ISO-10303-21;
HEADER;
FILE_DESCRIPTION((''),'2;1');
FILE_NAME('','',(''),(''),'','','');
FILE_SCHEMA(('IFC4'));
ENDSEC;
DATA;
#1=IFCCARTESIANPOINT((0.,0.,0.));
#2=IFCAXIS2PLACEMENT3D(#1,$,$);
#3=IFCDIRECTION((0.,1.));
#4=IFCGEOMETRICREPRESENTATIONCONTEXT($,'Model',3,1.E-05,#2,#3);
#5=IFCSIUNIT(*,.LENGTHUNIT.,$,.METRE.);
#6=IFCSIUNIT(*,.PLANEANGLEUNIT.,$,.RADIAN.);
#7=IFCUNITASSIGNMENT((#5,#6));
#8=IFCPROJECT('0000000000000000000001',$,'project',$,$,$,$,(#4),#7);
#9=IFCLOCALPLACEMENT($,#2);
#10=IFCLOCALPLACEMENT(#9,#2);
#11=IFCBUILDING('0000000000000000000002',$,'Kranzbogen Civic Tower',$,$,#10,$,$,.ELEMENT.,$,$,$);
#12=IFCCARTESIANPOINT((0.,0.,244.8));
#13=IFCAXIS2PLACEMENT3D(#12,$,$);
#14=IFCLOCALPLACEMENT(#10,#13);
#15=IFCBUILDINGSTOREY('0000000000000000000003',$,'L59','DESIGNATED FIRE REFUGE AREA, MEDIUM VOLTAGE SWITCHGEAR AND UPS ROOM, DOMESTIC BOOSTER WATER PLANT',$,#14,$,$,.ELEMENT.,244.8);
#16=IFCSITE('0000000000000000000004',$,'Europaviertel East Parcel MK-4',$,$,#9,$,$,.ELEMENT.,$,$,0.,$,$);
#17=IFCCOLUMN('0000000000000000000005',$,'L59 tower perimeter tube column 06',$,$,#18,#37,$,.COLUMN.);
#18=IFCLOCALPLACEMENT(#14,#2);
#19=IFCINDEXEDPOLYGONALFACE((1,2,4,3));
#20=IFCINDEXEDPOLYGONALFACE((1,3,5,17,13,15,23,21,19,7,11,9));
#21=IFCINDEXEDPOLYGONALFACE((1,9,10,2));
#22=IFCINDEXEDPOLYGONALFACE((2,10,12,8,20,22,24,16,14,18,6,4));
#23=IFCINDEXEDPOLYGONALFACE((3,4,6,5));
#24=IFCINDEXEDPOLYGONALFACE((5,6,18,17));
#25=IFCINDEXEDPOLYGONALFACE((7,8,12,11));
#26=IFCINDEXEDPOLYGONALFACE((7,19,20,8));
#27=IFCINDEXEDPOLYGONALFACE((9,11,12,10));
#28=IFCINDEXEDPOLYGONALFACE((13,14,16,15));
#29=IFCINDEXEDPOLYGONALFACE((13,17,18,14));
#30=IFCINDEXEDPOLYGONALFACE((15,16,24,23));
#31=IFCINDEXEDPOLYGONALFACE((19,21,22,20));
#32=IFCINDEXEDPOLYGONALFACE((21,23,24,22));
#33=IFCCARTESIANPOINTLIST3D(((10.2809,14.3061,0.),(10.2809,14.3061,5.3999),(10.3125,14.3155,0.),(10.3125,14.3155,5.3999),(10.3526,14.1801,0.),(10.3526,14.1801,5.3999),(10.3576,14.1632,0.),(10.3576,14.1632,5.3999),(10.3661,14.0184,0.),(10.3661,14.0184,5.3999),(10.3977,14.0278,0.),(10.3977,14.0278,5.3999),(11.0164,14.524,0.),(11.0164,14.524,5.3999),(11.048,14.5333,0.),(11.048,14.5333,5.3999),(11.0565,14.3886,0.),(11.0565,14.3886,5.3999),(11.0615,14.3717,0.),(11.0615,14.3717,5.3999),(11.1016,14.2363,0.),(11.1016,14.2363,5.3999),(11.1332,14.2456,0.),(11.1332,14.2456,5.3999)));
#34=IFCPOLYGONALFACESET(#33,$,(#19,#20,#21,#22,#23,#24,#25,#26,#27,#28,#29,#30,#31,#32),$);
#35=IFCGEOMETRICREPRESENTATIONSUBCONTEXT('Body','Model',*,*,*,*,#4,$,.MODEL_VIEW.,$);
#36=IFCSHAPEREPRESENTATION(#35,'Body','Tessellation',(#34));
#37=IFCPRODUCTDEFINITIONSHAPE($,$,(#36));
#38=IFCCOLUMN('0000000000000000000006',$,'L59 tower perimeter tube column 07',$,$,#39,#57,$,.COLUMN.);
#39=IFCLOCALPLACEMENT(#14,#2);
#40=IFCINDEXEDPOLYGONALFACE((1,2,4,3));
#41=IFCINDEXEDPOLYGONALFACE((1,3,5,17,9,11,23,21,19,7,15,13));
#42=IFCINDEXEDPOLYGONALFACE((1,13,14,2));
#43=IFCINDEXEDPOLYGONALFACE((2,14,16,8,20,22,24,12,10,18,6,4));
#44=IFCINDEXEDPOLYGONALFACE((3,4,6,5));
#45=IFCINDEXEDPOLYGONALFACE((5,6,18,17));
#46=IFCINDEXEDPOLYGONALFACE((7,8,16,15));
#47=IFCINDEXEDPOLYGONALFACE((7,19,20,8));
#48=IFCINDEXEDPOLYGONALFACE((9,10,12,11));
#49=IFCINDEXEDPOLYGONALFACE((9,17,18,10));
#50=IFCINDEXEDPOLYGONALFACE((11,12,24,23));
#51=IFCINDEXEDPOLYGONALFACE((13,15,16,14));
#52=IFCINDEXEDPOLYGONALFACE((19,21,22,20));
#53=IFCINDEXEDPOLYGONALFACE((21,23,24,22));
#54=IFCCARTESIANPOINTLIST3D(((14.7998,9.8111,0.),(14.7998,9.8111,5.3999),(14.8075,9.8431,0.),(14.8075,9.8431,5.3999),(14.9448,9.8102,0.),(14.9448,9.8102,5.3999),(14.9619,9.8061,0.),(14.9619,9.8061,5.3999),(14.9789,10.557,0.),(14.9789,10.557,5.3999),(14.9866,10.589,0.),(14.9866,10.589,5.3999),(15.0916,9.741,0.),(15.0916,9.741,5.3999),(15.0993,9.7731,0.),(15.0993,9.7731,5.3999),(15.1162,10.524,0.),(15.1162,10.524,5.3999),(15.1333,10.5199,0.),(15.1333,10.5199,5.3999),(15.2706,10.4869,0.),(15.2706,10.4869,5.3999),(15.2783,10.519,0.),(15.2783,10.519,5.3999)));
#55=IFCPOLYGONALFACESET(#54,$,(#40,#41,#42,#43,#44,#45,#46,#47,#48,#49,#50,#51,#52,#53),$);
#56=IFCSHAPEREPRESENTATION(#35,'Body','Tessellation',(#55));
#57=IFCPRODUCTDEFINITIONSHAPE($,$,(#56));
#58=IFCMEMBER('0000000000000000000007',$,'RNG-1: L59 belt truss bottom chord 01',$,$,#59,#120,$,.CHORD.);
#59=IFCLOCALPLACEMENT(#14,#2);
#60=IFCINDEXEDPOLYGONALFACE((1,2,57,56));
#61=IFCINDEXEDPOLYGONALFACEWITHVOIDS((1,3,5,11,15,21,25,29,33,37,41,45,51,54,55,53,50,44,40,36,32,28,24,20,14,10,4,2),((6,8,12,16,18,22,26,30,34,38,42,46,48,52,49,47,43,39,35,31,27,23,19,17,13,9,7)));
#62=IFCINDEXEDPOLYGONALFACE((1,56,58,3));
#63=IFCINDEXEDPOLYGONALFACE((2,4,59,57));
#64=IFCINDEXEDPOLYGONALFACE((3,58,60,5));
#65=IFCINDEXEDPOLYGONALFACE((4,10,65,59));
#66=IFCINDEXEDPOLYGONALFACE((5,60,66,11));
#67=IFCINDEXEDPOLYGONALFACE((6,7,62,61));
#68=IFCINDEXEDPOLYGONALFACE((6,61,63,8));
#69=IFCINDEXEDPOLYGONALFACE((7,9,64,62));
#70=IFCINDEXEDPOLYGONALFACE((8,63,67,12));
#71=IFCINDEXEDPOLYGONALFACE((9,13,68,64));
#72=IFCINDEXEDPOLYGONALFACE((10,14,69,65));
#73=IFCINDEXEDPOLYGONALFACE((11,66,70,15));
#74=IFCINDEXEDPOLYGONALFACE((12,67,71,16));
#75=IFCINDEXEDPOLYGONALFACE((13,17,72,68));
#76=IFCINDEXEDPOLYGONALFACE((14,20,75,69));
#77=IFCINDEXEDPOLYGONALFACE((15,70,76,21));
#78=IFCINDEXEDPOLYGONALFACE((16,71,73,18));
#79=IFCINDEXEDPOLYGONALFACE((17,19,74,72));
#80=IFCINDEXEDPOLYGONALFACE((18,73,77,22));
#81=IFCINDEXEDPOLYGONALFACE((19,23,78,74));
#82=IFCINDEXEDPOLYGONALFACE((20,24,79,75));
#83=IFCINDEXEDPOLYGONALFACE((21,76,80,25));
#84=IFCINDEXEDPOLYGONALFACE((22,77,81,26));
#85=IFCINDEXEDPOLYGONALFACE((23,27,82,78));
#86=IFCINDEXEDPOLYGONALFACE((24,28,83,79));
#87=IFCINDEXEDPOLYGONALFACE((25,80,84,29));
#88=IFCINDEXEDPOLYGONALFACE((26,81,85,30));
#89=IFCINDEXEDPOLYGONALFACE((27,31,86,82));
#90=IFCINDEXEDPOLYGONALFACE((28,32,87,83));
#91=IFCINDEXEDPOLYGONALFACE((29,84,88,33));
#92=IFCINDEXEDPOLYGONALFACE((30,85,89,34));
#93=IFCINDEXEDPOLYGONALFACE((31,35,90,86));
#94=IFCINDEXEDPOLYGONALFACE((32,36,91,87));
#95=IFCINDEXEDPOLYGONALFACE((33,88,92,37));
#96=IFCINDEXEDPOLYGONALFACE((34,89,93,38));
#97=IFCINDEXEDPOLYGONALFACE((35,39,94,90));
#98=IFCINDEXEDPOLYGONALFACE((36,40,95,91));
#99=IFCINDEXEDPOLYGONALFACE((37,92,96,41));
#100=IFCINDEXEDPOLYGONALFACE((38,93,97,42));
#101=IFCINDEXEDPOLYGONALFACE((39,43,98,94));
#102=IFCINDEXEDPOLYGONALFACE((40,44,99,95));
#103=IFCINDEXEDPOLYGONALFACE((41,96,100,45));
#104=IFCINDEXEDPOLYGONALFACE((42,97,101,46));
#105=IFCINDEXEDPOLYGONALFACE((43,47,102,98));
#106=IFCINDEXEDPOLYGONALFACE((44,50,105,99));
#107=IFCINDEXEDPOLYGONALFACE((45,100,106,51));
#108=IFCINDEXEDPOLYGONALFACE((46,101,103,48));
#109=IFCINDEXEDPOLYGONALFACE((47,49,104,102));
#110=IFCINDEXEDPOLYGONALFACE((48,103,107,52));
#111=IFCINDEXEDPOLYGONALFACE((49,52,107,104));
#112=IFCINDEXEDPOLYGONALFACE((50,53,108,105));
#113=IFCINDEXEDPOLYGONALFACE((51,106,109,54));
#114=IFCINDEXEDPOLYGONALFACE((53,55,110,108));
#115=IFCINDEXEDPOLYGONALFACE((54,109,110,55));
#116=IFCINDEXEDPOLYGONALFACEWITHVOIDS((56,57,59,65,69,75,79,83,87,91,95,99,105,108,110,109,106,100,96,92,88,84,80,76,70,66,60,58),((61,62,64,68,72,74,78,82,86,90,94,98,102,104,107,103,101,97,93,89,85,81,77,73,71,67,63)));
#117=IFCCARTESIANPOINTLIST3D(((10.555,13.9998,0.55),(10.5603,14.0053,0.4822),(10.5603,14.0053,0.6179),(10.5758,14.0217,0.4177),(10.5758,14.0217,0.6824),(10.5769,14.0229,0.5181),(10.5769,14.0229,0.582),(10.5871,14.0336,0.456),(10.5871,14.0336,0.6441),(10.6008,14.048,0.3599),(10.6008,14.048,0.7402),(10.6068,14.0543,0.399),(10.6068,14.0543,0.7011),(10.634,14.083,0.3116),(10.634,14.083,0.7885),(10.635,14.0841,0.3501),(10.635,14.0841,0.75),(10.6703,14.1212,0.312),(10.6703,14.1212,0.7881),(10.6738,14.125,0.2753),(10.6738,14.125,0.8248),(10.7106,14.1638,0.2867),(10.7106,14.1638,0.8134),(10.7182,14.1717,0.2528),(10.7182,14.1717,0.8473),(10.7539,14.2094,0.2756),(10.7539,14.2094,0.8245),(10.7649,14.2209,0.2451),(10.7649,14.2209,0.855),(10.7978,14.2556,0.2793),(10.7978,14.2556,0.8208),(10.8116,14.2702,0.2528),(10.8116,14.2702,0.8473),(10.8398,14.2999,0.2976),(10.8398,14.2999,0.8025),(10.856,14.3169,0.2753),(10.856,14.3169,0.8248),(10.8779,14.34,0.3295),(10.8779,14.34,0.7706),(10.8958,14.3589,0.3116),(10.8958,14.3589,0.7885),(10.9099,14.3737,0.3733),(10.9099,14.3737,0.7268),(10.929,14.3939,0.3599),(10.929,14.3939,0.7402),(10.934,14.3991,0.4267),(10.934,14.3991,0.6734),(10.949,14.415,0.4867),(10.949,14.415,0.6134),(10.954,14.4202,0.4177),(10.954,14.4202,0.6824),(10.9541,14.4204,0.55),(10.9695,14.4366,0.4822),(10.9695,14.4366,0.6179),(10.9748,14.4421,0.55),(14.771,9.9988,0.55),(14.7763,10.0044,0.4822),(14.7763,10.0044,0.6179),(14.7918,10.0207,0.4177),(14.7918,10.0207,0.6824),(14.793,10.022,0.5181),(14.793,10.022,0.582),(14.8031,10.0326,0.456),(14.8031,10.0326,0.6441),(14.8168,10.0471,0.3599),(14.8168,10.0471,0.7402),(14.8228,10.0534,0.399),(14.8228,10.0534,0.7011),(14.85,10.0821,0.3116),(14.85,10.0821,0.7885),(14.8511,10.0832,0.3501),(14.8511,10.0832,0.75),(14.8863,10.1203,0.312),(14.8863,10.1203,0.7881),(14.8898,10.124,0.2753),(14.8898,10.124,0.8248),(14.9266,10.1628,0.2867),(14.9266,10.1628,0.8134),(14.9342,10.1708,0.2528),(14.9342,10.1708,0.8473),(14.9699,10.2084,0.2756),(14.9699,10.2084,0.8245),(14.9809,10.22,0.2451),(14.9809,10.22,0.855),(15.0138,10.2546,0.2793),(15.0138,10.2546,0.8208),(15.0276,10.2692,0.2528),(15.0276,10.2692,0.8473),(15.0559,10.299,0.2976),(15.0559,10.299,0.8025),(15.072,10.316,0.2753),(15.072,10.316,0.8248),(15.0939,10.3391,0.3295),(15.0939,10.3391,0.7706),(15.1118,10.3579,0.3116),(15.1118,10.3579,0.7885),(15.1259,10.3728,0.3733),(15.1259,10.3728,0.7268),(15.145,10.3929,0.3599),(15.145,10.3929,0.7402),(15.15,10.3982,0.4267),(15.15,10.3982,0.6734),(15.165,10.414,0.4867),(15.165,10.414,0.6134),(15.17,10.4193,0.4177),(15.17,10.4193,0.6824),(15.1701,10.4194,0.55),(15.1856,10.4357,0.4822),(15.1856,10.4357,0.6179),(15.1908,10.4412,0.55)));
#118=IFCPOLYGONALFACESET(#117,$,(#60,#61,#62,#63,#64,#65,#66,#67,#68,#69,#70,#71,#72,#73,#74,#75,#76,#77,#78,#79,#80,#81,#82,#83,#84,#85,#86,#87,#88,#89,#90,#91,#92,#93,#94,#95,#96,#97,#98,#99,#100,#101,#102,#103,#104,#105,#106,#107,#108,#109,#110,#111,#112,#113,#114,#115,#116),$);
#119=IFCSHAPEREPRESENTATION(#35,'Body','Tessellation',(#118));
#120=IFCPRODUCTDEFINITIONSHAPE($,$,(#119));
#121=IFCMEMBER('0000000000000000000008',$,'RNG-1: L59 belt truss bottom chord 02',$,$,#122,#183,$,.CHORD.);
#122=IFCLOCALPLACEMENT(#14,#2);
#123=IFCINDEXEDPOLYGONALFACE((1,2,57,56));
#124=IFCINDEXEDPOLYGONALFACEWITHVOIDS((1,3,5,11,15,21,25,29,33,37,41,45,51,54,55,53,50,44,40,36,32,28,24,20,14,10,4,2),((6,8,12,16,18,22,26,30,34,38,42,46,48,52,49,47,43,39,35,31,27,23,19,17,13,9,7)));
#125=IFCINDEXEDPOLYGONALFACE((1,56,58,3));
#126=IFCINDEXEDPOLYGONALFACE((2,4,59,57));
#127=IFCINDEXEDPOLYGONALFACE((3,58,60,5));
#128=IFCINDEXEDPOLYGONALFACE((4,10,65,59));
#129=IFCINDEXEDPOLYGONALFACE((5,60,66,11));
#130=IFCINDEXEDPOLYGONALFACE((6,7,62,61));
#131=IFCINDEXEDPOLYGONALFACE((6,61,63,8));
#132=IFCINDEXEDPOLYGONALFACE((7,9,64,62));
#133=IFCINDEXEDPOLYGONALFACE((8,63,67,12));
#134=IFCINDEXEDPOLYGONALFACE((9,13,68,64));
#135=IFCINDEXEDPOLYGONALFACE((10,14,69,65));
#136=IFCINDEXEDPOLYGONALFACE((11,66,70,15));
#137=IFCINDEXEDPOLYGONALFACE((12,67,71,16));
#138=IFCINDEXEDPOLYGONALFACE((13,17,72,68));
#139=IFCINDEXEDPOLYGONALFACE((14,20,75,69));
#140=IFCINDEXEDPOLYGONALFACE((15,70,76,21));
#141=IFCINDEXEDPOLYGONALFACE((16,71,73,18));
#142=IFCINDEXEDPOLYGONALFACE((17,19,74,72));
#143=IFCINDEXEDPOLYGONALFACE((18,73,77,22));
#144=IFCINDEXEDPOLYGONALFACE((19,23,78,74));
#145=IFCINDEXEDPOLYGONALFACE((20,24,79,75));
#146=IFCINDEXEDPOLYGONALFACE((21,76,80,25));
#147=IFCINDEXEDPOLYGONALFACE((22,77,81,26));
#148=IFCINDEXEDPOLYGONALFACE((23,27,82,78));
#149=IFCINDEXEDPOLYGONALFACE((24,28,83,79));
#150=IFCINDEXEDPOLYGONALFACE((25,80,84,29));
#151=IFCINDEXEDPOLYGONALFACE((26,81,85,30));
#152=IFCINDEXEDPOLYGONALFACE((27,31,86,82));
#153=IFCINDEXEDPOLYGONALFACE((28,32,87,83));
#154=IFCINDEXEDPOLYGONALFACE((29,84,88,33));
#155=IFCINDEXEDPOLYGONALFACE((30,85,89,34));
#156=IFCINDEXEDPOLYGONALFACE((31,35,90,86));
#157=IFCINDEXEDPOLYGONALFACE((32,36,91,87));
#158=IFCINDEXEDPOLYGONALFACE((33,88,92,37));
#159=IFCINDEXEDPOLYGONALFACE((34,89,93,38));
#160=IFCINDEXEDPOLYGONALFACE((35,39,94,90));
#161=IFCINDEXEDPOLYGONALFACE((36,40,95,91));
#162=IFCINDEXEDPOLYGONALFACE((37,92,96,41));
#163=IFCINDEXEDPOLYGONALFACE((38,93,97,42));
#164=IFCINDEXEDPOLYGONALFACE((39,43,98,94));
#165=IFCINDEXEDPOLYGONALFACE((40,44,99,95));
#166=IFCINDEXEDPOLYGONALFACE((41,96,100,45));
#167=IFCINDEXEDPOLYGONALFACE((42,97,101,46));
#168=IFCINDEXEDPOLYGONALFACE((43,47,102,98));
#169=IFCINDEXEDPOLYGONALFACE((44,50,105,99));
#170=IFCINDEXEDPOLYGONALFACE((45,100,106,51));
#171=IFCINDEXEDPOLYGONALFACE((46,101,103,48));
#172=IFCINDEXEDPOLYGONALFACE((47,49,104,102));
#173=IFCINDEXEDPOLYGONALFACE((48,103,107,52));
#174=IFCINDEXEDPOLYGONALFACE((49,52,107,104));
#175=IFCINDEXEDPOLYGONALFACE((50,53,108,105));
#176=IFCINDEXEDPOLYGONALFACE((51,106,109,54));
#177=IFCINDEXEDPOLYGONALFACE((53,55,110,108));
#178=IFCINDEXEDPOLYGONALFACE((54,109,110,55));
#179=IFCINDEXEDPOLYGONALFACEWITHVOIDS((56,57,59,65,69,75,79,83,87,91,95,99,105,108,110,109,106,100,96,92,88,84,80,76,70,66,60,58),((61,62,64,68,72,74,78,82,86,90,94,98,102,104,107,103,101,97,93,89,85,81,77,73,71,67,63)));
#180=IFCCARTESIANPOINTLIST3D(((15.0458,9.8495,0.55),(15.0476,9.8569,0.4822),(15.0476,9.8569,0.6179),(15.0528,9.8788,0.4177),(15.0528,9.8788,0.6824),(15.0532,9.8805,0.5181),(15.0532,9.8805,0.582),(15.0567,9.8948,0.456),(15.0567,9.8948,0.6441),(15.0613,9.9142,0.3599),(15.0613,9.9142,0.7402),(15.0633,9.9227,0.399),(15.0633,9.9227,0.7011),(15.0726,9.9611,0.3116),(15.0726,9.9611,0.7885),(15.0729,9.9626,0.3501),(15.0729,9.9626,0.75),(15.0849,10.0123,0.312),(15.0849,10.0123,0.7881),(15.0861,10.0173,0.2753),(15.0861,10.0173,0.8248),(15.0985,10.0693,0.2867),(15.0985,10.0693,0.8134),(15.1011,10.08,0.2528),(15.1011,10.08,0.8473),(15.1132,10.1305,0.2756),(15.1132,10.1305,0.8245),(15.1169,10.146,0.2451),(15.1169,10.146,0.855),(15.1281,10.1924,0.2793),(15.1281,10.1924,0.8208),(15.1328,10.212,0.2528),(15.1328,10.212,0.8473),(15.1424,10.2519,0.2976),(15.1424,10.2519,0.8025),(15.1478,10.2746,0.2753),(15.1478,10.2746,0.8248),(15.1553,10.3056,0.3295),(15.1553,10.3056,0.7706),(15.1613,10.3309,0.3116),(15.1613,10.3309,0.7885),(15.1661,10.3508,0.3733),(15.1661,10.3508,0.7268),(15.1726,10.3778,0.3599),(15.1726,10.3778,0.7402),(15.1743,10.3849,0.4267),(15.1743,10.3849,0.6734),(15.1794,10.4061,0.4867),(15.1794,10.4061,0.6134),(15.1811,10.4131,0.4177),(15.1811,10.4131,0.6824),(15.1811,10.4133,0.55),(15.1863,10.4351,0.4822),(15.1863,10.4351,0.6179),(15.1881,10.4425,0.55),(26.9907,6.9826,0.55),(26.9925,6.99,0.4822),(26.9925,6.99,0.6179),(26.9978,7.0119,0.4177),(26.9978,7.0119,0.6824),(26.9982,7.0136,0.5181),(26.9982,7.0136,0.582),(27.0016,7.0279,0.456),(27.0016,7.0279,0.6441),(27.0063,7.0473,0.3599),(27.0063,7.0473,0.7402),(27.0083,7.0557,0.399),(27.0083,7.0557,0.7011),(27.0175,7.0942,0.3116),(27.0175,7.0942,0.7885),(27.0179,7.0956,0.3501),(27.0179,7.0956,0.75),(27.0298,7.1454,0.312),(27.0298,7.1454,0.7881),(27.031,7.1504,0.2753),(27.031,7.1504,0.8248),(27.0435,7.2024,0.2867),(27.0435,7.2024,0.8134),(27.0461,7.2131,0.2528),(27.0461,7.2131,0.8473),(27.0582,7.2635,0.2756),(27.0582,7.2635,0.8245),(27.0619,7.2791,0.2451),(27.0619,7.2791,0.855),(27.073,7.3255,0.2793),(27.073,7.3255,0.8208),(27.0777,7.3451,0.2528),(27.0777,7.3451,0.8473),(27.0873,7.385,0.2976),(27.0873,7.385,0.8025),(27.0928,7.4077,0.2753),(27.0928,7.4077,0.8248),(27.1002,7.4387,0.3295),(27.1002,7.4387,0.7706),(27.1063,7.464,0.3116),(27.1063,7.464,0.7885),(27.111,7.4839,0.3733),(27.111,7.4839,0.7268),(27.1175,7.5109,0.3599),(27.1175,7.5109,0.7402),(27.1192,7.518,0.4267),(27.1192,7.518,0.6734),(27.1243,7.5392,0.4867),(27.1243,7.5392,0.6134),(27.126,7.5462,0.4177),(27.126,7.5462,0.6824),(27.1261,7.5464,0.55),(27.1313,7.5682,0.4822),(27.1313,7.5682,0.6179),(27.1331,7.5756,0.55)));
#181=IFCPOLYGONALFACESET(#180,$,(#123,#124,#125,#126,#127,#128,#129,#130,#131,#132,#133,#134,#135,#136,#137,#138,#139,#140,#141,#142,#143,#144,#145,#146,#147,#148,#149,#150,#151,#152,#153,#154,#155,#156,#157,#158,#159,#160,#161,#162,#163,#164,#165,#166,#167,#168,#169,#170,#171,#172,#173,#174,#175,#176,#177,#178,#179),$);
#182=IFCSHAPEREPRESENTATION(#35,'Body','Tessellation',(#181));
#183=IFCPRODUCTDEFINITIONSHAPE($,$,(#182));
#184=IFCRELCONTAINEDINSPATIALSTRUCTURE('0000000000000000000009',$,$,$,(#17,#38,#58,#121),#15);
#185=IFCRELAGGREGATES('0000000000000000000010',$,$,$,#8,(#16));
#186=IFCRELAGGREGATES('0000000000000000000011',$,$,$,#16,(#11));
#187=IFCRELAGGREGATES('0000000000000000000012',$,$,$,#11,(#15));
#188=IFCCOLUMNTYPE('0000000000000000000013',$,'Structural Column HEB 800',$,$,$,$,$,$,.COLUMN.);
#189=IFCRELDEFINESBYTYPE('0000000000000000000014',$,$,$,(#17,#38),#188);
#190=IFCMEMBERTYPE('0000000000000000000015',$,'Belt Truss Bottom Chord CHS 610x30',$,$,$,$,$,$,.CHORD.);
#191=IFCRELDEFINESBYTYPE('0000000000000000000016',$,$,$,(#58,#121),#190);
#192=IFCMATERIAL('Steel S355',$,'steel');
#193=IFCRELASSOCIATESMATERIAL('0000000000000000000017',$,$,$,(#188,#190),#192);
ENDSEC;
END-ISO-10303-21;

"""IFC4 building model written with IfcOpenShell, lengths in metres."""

from ifc_helpers import new_model, si_unit, direction, frame, origin, origin_2d, place, context, subcontext, project, spatial, hollow_circle, i_section, extrude, material, material_profile, profile_set, type_object, element, save


model = new_model("IFC4")

# Units and contexts
model_context = context("Model", 3, precision=1e-05, world=origin(), true_north=direction((0.0, 1.0)))
body_context = subcontext(model_context, "Body", "Model", "MODEL_VIEW")
ifc_project = project(units=[si_unit("LENGTHUNIT", "METRE"), si_unit("PLANEANGLEUNIT", "RADIAN")], contexts=[model_context])

# Site, building, storey
site_placement = place(None, origin())
site = spatial("IfcSite", under=ifc_project, at=site_placement, Name="Europaviertel East Parcel MK-4", CompositionType="ELEMENT", RefElevation=0.0)
building_placement = place(site_placement, origin())
building = spatial("IfcBuilding", under=site, at=building_placement, Name="Kranzbogen Civic Tower", CompositionType="ELEMENT")
storey_placement = place(building_placement, frame((0.0, 0.0, 244.8)))
storey = spatial("IfcBuildingStorey", under=building, at=storey_placement, Name="L59", Description="DESIGNATED FIRE REFUGE AREA, MEDIUM VOLTAGE SWITCHGEAR AND UPS ROOM, DOMESTIC BOOSTER WATER PLANT", CompositionType="ELEMENT", Elevation=244.8)

# Columns
ifc_material_1 = material(Name="Steel S355", Category="steel")
ifc_material_profile_1 = material_profile(ifc_material_1, i_section(OverallWidth=0.3, OverallDepth=0.8, WebThickness=0.0176, FlangeThickness=0.033, at=origin_2d()), Name="HEB 800")
ifc_profile_set_1 = profile_set([ifc_material_profile_1], Name="Steel S355")
column_type = type_object("IfcColumnType", Name="Structural Column HEB 800", PredefinedType="COLUMN", material=ifc_profile_set_1)
for number, where, z_axis, x_axis, name in (
    (1, (10.707, 14.2759, 0.0), (0.0, 0.0, 1.0), (-0.284015, 0.95882, 0.0), "L59 tower perimeter tube column 06"),
    (2, (15.0391, 10.165, 0.0), (0.0, 0.0, 1.0), (-0.97237, 0.233445, 0.0), "L59 tower perimeter tube column 07"),
):
    element("IfcColumn", number, at=place(storey_placement, frame(where, z_axis=z_axis, x_axis=x_axis)), inside=storey, type_object=column_type, Name=name, PredefinedType="COLUMN", context=body_context, shape_type="SweptSolid", body=[
        extrude(i_section(OverallWidth=0.3, OverallDepth=0.8, WebThickness=0.0176, FlangeThickness=0.033, at=origin_2d()), origin(), (0.0, 0.0, 1.0), 5.3999),
    ])

# Members
ifc_material_profile_2 = material_profile(ifc_material_1, hollow_circle(Radius=0.3049, WallThickness=0.03, at=origin_2d()), Name="CHS 610x30")
ifc_profile_set_2 = profile_set([ifc_material_profile_2], Name="Steel S355")
member_type_1 = type_object("IfcMemberType", Name="Belt Truss Bottom Chord CHS 610x30", PredefinedType="CHORD", material=ifc_profile_set_2)
member_1_placement = place(storey_placement, frame((10.7649, 14.2209, 0.55), z_axis=(0.725367, -0.688362, 0.0), x_axis=(0.688362, 0.725367, 0.0)))
element("IfcMember", 3, at=member_1_placement, inside=storey, type_object=member_type_1, Name="RNG-1: L59 belt truss bottom chord 01", PredefinedType="CHORD", context=body_context, shape_type="SweptSolid", body=[
    extrude(hollow_circle(Radius=0.3049, WallThickness=0.03, at=origin_2d()), origin(), (0.0, 0.0, 1.0), 5.8123),
])
member_2_placement = place(storey_placement, frame((15.1169, 10.146, 0.55), z_axis=(0.972385, -0.233383, 0.0), x_axis=(0.233383, 0.972385, 0.0)))
element("IfcMember", 4, at=member_2_placement, inside=storey, type_object=member_type_1, Name="RNG-1: L59 belt truss bottom chord 02", PredefinedType="CHORD", context=body_context, shape_type="SweptSolid", body=[
    extrude(hollow_circle(Radius=0.3049, WallThickness=0.03, at=origin_2d()), origin(), (0.0, 0.0, 1.0), 12.2842),
])

save(model, "model.ifc")
